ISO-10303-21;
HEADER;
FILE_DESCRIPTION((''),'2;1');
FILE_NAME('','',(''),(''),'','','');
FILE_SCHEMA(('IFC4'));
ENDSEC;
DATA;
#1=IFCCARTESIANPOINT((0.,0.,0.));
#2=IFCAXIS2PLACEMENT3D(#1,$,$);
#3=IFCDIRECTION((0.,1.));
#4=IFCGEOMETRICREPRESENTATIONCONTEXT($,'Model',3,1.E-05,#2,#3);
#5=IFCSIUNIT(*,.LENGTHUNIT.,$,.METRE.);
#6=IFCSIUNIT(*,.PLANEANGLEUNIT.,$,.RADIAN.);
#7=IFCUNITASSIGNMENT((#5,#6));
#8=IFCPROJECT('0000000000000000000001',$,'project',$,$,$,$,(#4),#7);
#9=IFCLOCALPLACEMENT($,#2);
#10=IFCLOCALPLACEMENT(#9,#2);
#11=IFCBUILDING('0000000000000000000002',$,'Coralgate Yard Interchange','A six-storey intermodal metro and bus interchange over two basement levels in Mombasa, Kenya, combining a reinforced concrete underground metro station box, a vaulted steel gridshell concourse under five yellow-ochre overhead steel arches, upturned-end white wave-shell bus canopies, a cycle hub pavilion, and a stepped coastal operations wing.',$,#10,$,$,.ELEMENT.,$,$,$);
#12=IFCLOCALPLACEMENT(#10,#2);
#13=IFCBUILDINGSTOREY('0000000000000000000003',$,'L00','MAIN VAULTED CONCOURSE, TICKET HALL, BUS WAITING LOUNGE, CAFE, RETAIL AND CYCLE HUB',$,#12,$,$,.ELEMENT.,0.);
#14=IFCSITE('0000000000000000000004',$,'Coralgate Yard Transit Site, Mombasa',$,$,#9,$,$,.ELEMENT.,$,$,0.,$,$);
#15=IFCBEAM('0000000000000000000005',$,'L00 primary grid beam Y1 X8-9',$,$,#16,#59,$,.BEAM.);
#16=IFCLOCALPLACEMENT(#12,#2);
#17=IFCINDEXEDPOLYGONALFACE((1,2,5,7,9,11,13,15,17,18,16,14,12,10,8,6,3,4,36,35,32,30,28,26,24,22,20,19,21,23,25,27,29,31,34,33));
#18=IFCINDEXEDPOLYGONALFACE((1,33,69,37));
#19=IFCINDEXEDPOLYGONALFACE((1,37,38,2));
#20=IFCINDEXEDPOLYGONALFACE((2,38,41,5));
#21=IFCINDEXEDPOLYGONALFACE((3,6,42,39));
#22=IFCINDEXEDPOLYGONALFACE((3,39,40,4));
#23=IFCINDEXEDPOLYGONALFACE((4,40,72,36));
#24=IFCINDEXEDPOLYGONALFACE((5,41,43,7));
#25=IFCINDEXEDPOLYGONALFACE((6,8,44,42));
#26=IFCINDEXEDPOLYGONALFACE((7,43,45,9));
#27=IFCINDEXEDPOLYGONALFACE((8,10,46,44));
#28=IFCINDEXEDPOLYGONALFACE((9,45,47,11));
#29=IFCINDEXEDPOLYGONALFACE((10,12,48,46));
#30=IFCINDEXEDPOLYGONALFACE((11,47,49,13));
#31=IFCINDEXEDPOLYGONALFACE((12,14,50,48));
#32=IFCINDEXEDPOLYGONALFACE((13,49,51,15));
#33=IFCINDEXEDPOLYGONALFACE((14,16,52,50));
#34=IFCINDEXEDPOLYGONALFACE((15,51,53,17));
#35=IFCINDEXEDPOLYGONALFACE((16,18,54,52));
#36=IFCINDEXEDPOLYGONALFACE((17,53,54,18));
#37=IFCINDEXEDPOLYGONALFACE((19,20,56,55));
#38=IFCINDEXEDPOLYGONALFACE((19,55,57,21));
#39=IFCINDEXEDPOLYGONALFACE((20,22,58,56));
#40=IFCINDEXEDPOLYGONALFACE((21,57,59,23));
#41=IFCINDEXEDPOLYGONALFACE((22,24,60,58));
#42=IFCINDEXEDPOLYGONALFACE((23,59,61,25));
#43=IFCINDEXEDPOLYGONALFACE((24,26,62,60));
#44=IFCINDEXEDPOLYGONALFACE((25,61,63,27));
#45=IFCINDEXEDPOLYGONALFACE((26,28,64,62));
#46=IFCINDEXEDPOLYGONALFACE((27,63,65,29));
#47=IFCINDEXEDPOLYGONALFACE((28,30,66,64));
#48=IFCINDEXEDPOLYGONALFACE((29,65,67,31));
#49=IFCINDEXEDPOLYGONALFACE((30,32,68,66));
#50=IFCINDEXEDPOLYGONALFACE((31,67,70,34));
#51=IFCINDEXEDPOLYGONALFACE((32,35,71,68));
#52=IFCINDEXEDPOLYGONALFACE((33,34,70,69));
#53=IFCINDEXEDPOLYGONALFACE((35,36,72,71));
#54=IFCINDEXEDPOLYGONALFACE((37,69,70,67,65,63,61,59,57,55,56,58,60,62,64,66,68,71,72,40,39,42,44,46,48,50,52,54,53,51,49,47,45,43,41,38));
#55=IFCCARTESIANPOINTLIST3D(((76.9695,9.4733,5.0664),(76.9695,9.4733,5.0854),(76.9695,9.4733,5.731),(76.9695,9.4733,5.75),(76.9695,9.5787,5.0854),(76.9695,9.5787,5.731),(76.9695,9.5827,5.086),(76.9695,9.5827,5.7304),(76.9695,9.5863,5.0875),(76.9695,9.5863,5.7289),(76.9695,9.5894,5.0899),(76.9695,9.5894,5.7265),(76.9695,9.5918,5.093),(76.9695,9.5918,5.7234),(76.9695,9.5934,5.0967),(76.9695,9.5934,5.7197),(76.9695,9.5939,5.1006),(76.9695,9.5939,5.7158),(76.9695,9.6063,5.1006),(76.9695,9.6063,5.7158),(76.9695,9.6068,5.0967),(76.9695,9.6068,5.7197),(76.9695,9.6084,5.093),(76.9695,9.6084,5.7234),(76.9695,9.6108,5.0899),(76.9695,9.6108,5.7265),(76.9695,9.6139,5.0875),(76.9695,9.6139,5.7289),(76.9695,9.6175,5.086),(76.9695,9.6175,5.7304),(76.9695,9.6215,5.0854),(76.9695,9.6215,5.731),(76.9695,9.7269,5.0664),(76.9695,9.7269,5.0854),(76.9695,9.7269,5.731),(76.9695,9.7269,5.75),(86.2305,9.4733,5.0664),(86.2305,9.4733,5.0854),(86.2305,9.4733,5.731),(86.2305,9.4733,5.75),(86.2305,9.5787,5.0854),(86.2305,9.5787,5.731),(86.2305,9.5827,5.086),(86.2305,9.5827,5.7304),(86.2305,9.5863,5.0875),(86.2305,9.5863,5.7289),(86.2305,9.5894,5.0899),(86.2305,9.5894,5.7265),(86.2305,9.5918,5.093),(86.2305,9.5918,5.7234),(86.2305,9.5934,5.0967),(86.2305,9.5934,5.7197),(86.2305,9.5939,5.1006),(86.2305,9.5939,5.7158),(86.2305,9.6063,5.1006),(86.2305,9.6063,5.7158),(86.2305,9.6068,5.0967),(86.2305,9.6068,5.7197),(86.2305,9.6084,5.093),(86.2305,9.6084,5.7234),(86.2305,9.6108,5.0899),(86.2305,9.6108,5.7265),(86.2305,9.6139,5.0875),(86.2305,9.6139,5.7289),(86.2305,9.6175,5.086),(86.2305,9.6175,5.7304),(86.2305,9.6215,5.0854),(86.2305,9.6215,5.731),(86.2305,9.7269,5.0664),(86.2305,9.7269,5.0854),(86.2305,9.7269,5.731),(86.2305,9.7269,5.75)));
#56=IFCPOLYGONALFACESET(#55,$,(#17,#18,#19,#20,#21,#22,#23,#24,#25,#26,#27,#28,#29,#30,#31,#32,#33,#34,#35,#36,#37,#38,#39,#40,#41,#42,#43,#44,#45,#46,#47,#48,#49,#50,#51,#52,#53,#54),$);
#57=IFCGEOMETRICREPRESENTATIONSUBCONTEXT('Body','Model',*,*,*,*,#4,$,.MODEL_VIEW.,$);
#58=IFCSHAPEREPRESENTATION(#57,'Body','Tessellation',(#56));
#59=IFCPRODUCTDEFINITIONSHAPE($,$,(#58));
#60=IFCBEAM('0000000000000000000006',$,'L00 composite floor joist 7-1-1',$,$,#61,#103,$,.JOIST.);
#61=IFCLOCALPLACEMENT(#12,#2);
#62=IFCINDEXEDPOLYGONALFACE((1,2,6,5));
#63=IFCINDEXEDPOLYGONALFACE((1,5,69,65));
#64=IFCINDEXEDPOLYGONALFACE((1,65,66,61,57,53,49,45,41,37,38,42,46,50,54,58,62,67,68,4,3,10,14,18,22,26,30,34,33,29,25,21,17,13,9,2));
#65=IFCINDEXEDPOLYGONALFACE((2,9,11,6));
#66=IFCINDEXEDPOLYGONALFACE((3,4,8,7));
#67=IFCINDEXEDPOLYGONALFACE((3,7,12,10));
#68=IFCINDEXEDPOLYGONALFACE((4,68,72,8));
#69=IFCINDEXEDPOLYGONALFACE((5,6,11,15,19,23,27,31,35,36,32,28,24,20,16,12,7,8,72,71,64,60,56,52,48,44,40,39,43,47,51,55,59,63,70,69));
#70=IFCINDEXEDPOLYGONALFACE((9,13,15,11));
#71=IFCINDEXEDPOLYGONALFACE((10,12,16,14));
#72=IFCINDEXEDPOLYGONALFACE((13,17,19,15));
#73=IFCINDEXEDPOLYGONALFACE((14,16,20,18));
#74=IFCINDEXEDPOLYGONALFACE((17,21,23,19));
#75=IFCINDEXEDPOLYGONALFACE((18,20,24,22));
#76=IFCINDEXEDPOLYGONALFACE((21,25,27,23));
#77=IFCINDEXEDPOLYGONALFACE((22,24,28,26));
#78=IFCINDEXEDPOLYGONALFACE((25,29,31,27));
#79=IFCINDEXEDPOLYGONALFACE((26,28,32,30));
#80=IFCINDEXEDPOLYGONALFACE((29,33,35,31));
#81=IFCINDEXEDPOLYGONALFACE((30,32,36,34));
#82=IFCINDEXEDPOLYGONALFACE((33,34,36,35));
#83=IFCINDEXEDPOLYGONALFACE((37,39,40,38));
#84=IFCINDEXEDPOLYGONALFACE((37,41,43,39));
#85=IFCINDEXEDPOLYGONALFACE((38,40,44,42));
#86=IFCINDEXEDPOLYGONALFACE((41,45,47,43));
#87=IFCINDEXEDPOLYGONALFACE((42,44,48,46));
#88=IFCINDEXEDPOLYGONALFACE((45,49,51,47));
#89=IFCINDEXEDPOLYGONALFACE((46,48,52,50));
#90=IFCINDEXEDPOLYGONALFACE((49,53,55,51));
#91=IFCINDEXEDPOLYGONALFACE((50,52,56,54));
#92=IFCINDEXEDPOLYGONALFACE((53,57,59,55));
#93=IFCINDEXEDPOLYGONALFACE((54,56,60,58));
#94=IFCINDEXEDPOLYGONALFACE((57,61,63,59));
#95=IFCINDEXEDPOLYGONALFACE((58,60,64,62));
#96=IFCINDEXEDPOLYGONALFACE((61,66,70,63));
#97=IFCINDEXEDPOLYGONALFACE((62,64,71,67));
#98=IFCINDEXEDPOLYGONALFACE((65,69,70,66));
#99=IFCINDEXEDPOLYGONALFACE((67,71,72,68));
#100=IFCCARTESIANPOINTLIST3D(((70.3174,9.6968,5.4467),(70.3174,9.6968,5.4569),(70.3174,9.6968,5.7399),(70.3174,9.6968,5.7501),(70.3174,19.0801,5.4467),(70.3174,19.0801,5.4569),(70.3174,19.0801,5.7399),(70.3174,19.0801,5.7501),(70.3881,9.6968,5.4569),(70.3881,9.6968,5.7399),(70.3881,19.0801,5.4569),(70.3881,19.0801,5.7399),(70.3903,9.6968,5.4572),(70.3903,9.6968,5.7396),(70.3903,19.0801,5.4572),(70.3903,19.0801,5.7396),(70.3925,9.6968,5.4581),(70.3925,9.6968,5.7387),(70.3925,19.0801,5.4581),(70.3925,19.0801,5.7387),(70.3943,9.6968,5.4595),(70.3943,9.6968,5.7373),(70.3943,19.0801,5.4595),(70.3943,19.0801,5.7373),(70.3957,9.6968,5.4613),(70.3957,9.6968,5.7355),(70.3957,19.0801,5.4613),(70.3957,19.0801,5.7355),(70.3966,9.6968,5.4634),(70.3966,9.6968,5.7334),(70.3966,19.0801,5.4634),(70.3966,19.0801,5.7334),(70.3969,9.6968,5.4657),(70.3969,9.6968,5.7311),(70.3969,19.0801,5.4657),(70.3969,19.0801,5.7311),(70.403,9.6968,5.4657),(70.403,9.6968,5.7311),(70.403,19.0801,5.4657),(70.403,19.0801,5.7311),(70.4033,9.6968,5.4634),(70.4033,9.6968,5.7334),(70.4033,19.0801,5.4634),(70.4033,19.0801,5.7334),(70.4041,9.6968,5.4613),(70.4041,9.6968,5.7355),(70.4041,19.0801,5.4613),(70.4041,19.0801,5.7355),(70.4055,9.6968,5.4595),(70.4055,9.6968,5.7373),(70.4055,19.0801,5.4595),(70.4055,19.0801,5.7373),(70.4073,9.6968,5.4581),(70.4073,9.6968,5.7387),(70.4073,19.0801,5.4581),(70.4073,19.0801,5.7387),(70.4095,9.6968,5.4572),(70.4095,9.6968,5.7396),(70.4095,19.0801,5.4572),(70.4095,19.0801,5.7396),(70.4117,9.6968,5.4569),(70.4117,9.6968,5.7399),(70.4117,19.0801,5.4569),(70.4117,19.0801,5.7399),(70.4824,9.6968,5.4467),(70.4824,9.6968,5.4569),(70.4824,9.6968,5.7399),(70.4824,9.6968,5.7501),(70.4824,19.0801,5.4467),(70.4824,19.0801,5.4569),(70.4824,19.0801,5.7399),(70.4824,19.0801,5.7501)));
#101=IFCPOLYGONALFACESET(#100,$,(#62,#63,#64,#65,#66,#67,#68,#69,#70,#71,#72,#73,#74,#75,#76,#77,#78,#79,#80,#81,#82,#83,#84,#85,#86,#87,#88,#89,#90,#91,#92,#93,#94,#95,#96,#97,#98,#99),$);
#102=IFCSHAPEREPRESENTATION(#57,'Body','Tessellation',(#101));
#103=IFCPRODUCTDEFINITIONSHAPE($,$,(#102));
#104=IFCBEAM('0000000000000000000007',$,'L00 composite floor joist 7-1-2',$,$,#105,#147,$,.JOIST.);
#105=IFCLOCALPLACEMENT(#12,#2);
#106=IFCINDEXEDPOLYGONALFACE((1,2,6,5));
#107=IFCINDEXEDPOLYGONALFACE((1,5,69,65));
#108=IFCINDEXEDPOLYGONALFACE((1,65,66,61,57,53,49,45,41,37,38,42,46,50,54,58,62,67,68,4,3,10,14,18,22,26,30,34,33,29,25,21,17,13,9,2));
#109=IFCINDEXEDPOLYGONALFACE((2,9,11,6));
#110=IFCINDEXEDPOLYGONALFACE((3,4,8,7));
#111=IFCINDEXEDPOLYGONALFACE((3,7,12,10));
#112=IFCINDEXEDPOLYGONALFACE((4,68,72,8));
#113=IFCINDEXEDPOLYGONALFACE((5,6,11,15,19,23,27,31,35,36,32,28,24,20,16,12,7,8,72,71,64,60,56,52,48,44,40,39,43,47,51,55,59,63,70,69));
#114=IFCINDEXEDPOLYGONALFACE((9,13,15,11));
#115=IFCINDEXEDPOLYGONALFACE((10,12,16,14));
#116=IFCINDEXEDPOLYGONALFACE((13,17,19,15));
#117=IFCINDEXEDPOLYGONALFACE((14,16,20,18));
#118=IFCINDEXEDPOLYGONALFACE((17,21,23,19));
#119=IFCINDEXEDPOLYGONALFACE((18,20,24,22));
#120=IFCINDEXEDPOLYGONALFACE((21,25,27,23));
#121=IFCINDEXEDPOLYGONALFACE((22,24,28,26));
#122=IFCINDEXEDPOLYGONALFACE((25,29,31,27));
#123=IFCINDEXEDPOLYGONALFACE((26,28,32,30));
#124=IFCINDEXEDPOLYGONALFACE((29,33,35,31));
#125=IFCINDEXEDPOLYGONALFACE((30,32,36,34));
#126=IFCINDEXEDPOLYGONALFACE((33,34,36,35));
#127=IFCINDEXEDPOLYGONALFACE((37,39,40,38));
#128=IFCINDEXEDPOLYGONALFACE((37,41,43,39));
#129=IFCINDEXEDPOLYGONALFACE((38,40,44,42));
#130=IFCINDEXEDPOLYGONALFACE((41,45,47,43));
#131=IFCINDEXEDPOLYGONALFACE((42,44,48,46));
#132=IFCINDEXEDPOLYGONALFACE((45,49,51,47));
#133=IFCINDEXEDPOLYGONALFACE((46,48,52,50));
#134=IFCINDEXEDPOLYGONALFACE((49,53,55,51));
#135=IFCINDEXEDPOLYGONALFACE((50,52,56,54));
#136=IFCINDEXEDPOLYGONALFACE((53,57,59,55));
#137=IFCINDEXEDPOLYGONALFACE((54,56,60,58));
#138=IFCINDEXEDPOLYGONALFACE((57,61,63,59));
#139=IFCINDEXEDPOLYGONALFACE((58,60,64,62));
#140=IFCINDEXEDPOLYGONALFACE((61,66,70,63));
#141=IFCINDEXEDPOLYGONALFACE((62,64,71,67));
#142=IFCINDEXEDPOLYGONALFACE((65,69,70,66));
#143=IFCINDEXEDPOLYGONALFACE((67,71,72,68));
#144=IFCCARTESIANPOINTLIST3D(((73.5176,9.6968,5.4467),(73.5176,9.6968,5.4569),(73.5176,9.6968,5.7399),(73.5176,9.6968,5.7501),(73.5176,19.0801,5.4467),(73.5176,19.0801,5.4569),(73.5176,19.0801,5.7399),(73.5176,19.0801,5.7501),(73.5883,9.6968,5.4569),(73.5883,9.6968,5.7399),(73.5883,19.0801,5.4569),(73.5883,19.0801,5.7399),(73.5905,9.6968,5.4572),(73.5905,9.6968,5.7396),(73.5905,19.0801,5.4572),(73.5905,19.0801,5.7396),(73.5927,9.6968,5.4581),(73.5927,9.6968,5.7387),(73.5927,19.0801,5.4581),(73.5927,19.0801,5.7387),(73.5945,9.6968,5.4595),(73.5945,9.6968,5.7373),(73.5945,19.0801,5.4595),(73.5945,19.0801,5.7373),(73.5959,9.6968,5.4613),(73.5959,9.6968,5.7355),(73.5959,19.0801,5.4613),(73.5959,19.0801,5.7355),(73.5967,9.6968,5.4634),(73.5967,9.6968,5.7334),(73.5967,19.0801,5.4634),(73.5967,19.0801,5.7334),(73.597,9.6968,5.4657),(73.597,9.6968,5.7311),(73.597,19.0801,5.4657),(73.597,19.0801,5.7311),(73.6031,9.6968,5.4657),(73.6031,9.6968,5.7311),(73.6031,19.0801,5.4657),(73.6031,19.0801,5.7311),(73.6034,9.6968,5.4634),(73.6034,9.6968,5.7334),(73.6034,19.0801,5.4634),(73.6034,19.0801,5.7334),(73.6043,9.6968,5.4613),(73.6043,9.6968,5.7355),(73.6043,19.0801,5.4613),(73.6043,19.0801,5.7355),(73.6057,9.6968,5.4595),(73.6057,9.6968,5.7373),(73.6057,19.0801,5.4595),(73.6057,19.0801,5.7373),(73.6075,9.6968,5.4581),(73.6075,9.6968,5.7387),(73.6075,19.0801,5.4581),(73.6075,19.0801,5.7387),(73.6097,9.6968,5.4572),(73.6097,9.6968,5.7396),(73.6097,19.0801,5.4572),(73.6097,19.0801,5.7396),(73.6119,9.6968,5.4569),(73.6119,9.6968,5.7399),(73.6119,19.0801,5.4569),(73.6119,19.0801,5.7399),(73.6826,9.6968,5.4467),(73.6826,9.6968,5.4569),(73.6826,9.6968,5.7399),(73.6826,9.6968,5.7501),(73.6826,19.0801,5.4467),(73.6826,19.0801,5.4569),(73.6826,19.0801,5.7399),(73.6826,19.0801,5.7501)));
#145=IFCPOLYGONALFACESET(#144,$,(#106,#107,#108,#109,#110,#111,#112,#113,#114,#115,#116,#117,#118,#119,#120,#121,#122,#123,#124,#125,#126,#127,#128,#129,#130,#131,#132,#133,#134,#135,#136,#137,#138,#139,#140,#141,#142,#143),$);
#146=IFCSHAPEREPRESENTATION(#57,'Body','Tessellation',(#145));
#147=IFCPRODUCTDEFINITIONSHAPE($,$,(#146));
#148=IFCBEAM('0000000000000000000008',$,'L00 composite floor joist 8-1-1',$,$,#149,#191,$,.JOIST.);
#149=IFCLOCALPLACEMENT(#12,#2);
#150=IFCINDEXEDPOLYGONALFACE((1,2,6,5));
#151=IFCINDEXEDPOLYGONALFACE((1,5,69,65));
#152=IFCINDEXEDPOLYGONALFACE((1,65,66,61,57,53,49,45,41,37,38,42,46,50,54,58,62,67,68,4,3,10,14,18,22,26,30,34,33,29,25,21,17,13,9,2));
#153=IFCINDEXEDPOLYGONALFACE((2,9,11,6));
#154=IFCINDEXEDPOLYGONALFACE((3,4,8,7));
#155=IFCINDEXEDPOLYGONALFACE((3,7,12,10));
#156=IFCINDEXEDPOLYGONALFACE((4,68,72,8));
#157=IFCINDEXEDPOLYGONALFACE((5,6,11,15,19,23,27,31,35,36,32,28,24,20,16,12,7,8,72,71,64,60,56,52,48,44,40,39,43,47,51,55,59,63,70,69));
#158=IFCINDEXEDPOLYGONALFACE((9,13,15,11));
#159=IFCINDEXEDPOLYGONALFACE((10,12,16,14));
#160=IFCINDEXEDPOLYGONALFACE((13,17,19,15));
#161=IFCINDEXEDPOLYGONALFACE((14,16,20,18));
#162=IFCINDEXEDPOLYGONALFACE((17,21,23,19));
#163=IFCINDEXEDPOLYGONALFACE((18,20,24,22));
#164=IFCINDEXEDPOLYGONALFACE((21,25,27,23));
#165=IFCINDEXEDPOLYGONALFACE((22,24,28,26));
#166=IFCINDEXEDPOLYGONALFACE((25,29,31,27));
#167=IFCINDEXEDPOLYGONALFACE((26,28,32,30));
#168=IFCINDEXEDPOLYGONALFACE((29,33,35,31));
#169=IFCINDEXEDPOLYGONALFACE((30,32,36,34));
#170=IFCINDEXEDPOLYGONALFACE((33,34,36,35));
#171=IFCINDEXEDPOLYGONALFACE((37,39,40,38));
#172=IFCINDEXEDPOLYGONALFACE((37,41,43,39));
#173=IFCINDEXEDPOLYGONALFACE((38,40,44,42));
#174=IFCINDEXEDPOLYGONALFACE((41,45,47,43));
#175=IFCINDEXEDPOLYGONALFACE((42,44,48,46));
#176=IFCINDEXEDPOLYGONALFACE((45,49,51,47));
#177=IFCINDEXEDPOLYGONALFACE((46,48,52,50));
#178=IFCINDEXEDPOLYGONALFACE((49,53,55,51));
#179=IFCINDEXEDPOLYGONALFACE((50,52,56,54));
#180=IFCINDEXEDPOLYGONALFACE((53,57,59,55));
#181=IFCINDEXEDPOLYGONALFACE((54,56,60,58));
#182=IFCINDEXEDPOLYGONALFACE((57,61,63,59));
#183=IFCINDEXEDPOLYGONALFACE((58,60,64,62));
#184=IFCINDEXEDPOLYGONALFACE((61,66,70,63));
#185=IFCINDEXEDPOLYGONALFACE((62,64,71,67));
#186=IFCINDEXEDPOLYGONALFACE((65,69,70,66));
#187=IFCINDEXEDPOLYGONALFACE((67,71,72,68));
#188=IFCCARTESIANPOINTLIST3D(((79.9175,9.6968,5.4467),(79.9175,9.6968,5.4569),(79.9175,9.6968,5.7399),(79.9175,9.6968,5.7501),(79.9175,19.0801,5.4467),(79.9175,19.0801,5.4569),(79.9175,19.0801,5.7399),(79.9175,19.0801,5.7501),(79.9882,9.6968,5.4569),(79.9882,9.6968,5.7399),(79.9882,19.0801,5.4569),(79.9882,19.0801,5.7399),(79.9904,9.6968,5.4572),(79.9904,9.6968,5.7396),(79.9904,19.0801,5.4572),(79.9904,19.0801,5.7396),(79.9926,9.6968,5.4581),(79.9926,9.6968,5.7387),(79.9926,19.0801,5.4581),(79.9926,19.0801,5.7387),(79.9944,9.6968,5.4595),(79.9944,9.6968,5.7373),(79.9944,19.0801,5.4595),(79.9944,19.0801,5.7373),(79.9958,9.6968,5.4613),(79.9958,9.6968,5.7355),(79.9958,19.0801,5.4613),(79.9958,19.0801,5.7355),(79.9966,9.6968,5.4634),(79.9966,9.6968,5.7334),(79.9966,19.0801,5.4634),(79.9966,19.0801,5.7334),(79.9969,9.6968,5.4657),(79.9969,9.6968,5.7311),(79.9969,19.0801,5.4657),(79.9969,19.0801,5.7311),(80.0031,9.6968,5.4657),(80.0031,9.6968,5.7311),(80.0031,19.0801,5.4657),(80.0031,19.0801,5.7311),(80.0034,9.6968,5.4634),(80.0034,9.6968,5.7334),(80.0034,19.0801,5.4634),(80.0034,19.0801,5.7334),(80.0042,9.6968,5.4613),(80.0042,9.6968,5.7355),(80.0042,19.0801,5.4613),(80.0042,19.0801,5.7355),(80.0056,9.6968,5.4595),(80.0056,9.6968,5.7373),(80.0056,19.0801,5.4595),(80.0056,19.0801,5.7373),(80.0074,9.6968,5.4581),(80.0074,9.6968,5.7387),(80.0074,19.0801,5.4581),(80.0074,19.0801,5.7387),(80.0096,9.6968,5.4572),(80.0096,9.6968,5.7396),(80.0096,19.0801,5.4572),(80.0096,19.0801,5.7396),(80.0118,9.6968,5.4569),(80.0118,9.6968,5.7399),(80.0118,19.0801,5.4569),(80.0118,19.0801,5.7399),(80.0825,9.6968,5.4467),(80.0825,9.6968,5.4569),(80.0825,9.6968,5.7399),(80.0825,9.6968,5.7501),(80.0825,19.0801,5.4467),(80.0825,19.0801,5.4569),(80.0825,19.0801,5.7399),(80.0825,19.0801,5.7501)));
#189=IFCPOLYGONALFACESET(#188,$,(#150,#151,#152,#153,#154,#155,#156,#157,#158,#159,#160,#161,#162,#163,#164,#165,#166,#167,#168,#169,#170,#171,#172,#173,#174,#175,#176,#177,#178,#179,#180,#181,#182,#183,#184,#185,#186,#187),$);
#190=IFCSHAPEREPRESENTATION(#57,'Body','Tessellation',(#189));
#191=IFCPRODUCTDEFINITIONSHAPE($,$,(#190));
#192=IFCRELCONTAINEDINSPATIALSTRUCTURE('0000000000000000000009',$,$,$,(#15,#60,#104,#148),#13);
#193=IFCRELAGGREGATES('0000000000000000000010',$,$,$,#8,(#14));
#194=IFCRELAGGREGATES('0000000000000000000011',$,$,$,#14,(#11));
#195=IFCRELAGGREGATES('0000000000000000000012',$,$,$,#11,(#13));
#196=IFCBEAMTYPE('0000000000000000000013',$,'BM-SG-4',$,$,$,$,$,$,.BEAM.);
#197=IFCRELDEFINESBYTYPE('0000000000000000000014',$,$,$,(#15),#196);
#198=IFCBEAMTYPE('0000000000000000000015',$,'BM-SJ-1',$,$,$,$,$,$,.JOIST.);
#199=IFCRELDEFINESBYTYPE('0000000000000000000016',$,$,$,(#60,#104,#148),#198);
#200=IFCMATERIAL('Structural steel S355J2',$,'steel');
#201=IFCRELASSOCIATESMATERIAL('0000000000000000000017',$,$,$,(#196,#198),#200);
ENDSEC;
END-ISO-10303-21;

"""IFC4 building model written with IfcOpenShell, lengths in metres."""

from ifc_helpers import new_model, si_unit, direction, frame, origin, origin_2d, place, context, subcontext, project, spatial, i_section, extrude, material, material_profile, profile_set, type_object, element, save


model = new_model("IFC4")

# Units and contexts
model_context = context("Model", 3, precision=1e-05, world=origin(), true_north=direction((0.0, 1.0)))
body_context = subcontext(model_context, "Body", "Model", "MODEL_VIEW")
ifc_project = project(units=[si_unit("LENGTHUNIT", "METRE"), si_unit("PLANEANGLEUNIT", "RADIAN")], contexts=[model_context])

# Site, building, storey
site_placement = place(None, origin())
site = spatial("IfcSite", under=ifc_project, at=site_placement, Name="Coralgate Yard Transit Site, Mombasa", CompositionType="ELEMENT", RefElevation=0.0)
building_placement = place(site_placement, origin())
building = spatial("IfcBuilding", under=site, at=building_placement, Name="Coralgate Yard Interchange", Description="A six-storey intermodal metro and bus interchange over two basement levels in Mombasa, Kenya, combining a reinforced concrete underground metro station box, a vaulted steel gridshell concourse under five yellow-ochre overhead steel arches, upturned-end white wave-shell bus canopies, a cycle hub pavilion, and a stepped coastal operations wing.", CompositionType="ELEMENT")
storey_placement = place(building_placement, origin())
storey = spatial("IfcBuildingStorey", under=building, at=storey_placement, Name="L00", Description="MAIN VAULTED CONCOURSE, TICKET HALL, BUS WAITING LOUNGE, CAFE, RETAIL AND CYCLE HUB", CompositionType="ELEMENT", Elevation=0.0)

# Shared definitions
ifc_material_1 = material(Name="Structural steel S355J2", Category="steel")

# Beams
ifc_material_profile_1 = material_profile(ifc_material_1, i_section(OverallWidth=0.2537, OverallDepth=0.6836, WebThickness=0.0125, FlangeThickness=0.019, FilletRadius=0.0151, at=origin_2d()), Name="UB 686x254x140")
ifc_profile_set_1 = profile_set([ifc_material_profile_1], Name="Structural steel S355J2")
beam_type_1 = type_object("IfcBeamType", Name="BM-SG-4", PredefinedType="BEAM", material=ifc_profile_set_1)
beam_1_placement = place(storey_placement, frame((76.9695, 9.6001, 5.4082), z_axis=(1.0, 0.0, 0.0), x_axis=(0.0, 1.0, 0.0)))
element("IfcBeam", 1, at=beam_1_placement, inside=storey, type_object=beam_type_1, Name="L00 primary grid beam Y1 X8-9", PredefinedType="BEAM", context=body_context, shape_type="SweptSolid", body=[
    extrude(i_section(OverallWidth=0.2537, OverallDepth=0.6836, WebThickness=0.0125, FlangeThickness=0.019, FilletRadius=0.0151, at=origin_2d()), origin(), (0.0, 0.0, 1.0), 9.261),
])
ifc_material_profile_2 = material_profile(ifc_material_1, i_section(OverallWidth=0.165, OverallDepth=0.3035, WebThickness=0.0061, FlangeThickness=0.0103, FilletRadius=0.0088, at=origin_2d()), Name="UB 305x165x40")
ifc_profile_set_2 = profile_set([ifc_material_profile_2], Name="Structural steel S355J2")
beam_type_2 = type_object("IfcBeamType", Name="BM-SJ-1", PredefinedType="JOIST", material=ifc_profile_set_2)
for number, where, z_axis, x_axis, name in (
    (2, (70.3999, 9.6968, 5.5984), (0.0, 1.0, 0.0), (-1.0, 0.0, 0.0), "L00 composite floor joist 7-1-1"),
    (3, (73.6001, 9.6968, 5.5984), (0.0, 1.0, 0.0), (-1.0, 0.0, 0.0), "L00 composite floor joist 7-1-2"),
    (4, (80.0, 9.6968, 5.5984), (0.0, 1.0, 0.0), (-1.0, 0.0, 0.0), "L00 composite floor joist 8-1-1"),
):
    element("IfcBeam", number, at=place(storey_placement, frame(where, z_axis=z_axis, x_axis=x_axis)), inside=storey, type_object=beam_type_2, Name=name, PredefinedType="JOIST", context=body_context, shape_type="SweptSolid", body=[
        extrude(i_section(OverallWidth=0.165, OverallDepth=0.3035, WebThickness=0.0061, FlangeThickness=0.0103, FilletRadius=0.0088, at=origin_2d()), origin(), (0.0, 0.0, 1.0), 9.3833),
    ])

save(model, "model.ifc")
